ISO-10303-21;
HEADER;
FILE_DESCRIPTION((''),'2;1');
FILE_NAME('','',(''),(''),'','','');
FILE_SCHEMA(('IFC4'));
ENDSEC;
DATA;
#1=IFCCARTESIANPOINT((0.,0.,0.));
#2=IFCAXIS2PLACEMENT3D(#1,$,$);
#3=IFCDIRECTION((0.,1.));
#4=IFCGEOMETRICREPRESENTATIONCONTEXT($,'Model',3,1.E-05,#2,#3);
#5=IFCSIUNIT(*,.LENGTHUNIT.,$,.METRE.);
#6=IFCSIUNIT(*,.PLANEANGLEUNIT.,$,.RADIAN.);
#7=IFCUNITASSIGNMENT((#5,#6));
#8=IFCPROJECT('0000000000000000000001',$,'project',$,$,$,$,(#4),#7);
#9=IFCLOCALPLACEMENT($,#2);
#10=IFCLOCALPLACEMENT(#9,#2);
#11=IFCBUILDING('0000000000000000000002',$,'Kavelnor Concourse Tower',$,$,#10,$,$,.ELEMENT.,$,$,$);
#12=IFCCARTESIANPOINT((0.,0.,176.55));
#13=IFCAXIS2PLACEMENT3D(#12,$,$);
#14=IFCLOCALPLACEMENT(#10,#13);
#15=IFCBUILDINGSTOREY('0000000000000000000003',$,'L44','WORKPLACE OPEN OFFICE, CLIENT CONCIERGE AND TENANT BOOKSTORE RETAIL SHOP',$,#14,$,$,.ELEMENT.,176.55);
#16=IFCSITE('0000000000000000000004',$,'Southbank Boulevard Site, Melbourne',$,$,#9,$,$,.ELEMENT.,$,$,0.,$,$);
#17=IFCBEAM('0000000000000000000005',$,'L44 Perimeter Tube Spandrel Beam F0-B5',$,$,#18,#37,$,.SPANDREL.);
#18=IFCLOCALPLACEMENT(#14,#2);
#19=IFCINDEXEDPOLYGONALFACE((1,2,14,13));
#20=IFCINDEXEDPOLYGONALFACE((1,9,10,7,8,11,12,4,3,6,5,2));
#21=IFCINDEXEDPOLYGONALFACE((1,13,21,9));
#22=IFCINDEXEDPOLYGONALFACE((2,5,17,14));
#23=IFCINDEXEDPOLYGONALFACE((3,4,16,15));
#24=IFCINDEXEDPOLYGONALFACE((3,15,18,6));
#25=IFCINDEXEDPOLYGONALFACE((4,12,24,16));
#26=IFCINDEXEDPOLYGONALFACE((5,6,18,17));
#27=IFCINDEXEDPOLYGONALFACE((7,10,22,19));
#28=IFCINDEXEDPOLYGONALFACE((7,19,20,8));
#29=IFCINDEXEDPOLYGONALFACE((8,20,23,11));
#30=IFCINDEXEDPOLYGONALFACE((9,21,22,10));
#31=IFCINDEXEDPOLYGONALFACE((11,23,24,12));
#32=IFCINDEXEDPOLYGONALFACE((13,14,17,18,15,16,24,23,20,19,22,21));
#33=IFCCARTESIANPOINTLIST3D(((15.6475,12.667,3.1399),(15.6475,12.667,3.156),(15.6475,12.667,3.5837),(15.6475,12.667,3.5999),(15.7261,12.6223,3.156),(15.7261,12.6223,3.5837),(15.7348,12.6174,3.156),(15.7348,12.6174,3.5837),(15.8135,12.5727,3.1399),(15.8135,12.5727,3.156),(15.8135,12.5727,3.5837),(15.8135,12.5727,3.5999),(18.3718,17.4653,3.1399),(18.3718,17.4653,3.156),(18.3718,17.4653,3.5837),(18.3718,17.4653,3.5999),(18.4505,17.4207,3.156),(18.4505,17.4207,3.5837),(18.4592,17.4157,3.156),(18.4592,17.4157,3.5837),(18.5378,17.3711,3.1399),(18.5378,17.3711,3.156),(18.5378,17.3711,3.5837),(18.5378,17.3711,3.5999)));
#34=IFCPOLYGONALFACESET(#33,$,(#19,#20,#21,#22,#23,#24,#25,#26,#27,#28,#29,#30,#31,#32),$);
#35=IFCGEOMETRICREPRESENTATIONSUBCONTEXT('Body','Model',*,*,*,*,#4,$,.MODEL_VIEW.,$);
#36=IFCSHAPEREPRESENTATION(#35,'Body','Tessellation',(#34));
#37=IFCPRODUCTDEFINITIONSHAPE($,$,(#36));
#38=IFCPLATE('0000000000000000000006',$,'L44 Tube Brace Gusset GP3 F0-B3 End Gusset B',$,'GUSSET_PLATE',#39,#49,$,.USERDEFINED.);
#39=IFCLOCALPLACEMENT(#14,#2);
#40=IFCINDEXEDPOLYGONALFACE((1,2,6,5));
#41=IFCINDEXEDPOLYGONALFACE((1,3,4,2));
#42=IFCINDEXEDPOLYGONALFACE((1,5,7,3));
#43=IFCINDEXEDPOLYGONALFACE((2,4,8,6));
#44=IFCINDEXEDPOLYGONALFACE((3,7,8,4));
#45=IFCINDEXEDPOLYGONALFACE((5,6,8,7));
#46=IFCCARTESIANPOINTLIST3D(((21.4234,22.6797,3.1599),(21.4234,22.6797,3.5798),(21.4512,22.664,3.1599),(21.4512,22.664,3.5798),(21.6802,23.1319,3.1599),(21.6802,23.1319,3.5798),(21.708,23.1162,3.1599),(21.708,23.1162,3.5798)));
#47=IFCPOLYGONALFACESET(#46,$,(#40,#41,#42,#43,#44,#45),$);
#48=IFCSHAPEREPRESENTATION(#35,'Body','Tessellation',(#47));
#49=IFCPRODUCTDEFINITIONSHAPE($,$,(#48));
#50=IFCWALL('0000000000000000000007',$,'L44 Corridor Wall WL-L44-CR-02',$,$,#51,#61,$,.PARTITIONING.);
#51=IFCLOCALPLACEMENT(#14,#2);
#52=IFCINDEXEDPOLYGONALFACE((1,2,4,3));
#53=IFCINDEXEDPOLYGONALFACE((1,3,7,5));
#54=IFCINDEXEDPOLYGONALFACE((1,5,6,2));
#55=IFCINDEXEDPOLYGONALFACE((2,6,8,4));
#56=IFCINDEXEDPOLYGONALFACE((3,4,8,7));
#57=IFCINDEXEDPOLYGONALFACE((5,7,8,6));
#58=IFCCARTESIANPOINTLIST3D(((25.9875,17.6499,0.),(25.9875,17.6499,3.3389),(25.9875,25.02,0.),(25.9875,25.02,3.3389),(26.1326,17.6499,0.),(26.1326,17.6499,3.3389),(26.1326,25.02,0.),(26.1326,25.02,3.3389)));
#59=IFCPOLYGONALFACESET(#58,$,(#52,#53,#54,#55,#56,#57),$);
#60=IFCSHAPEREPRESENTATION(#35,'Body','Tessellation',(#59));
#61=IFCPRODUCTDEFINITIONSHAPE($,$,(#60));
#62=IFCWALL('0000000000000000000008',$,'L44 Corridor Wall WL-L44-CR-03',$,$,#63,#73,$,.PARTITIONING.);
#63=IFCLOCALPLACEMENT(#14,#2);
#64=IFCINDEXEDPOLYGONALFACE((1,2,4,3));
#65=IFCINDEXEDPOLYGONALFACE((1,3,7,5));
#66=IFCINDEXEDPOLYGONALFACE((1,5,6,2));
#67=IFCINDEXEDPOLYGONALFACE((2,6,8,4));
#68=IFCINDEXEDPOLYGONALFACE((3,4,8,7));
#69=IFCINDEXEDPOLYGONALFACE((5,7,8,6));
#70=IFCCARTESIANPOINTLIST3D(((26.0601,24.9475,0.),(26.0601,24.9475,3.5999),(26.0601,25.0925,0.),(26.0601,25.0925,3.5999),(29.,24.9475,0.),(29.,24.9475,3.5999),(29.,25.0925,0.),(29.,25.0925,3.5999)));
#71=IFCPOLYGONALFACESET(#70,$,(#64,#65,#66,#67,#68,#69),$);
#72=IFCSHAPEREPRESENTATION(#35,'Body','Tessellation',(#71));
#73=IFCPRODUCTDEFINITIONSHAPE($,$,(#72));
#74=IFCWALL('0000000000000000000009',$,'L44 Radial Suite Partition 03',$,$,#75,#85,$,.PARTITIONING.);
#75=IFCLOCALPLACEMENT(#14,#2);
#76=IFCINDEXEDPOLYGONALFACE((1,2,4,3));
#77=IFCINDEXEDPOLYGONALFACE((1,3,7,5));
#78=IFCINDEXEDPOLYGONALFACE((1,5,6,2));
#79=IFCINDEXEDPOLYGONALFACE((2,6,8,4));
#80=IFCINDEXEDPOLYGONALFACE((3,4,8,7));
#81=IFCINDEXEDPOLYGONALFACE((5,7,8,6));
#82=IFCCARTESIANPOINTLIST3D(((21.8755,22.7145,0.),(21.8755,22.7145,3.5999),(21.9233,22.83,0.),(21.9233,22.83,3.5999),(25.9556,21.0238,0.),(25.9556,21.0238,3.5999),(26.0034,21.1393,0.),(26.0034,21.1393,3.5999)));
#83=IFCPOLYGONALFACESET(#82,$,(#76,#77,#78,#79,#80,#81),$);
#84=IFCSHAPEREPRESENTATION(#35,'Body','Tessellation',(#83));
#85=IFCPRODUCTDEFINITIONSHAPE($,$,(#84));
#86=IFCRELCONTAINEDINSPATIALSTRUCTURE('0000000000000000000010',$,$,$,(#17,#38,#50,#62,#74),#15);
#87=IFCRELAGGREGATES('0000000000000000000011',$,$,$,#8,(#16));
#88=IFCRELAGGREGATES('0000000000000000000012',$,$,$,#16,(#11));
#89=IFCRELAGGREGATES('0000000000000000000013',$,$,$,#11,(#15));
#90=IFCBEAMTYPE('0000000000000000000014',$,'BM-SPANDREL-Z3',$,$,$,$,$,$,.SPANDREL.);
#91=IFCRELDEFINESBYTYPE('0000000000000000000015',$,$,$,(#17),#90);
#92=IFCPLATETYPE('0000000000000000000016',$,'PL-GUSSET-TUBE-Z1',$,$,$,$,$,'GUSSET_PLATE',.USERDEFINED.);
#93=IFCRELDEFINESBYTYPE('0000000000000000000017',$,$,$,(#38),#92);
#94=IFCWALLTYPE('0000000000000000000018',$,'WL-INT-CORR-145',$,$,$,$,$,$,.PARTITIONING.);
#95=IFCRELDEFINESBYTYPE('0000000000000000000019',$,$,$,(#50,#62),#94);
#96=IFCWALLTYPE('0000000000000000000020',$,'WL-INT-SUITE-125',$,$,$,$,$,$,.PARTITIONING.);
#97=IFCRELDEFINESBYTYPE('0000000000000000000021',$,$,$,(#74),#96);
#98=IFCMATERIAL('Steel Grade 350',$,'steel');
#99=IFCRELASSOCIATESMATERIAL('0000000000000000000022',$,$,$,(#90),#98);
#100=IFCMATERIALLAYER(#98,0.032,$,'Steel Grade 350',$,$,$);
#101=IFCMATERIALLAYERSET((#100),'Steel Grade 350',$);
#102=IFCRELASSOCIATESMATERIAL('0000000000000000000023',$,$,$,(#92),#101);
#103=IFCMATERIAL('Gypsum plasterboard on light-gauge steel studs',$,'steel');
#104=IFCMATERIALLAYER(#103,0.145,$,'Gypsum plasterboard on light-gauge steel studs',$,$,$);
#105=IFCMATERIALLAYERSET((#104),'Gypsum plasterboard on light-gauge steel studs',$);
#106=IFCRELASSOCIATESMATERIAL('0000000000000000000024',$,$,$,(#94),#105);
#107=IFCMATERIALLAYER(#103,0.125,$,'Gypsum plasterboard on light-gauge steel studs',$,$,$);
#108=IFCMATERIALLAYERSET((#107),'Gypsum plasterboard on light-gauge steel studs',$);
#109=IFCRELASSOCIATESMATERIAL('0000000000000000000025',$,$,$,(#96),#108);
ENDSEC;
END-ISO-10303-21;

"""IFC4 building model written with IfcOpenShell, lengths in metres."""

from ifc_helpers import new_model, si_unit, direction, frame, frame_2d, origin, origin_2d, place, context, subcontext, project, spatial, rectangle, i_section, extrude, material, layer, layer_set, material_profile, profile_set, type_object, element, save


model = new_model("IFC4")

# Units and contexts
model_context = context("Model", 3, precision=1e-05, world=origin(), true_north=direction((0.0, 1.0)))
body_context = subcontext(model_context, "Body", "Model", "MODEL_VIEW")
ifc_project = project(units=[si_unit("LENGTHUNIT", "METRE"), si_unit("PLANEANGLEUNIT", "RADIAN")], contexts=[model_context])

# Site, building, storey
site_placement = place(None, origin())
site = spatial("IfcSite", under=ifc_project, at=site_placement, Name="Southbank Boulevard Site, Melbourne", CompositionType="ELEMENT", RefElevation=0.0)
building_placement = place(site_placement, origin())
building = spatial("IfcBuilding", under=site, at=building_placement, Name="Kavelnor Concourse Tower", CompositionType="ELEMENT")
storey_placement = place(building_placement, frame((0.0, 0.0, 176.55)))
storey = spatial("IfcBuildingStorey", under=building, at=storey_placement, Name="L44", Description="WORKPLACE OPEN OFFICE, CLIENT CONCIERGE AND TENANT BOOKSTORE RETAIL SHOP", CompositionType="ELEMENT", Elevation=176.55)

# Shared definitions
ifc_material_1 = material(Name="Steel Grade 350", Category="steel")

# Beam
ifc_material_profile_1 = material_profile(ifc_material_1, i_section(OverallWidth=0.1909, OverallDepth=0.46, WebThickness=0.01, FlangeThickness=0.0161, at=origin_2d()), Name="460UB82")
ifc_profile_set_1 = profile_set([ifc_material_profile_1], Name="Steel Grade 350")
beam_type_1 = type_object("IfcBeamType", Name="BM-SPANDREL-Z3", PredefinedType="SPANDREL", material=ifc_profile_set_1)
for number, where, z_axis, x_axis, name in (
    (1, (18.4548, 17.4182, 3.3699), (-0.49374, -0.869609, 0.0), (0.869609, -0.49374, 0.0), "L44 Perimeter Tube Spandrel Beam F0-B5"),
):
    element("IfcBeam", number, at=place(storey_placement, frame(where, z_axis=z_axis, x_axis=x_axis)), inside=storey, type_object=beam_type_1, Name=name, PredefinedType="SPANDREL", context=body_context, shape_type="SweptSolid", body=[
        extrude(i_section(OverallWidth=0.1909, OverallDepth=0.46, WebThickness=0.01, FlangeThickness=0.0161, at=origin_2d()), origin(), (0.0, 0.0, 1.0), 5.5178),
    ])

# Plate
ifc_layer_1 = layer(ifc_material_1, 0.032, Name="Steel Grade 350")
ifc_layer_set_1 = layer_set([ifc_layer_1], Name="Steel Grade 350")
plate_type = type_object("IfcPlateType", Name="PL-GUSSET-TUBE-Z1", ElementType="GUSSET_PLATE", PredefinedType="USERDEFINED", material=ifc_layer_set_1)
plate_placement = place(storey_placement, frame((21.5657, 22.8979, 3.1599), z_axis=(0.0, 0.0, 1.0), x_axis=(-0.49379, -0.869581, 0.0)))
element("IfcPlate", 2, at=plate_placement, inside=storey, type_object=plate_type, Name="L44 Tube Brace Gusset GP3 F0-B3 End Gusset B", ObjectType="GUSSET_PLATE", PredefinedType="USERDEFINED", context=body_context, shape_type="SweptSolid", body=[
    extrude(rectangle(XDim=0.52, YDim=0.032, at=origin_2d()), origin(), (0.0, 0.0, 1.0), 0.4199),
])

# Walls
ifc_material_2 = material(Name="Gypsum plasterboard on light-gauge steel studs", Category="steel")
ifc_layer_2 = layer(ifc_material_2, 0.145, Name="Gypsum plasterboard on light-gauge steel studs")
ifc_layer_set_2 = layer_set([ifc_layer_2], Name="Gypsum plasterboard on light-gauge steel studs")
wall_type_1 = type_object("IfcWallType", Name="WL-INT-CORR-145", PredefinedType="PARTITIONING", material=ifc_layer_set_2)
wall_1_placement = place(storey_placement, frame((26.0601, 17.6499, 0.0), z_axis=(0.0, 0.0, 1.0), x_axis=(0.0, 1.0, 0.0)))
element("IfcWall", 3, at=wall_1_placement, inside=storey, type_object=wall_type_1, Name="L44 Corridor Wall WL-L44-CR-02", PredefinedType="PARTITIONING", context=body_context, shape_type="SweptSolid", body=[
    extrude(rectangle(XDim=7.3701, YDim=0.145, at=frame_2d((3.6851, 0.0))), origin(), (0.0, 0.0, 1.0), 3.3389),
])
wall_2_placement = place(storey_placement, frame((26.0601, 25.02, 0.0), z_axis=(0.0, 0.0, 1.0), x_axis=(1.0, 0.0, 0.0)))
element("IfcWall", 4, at=wall_2_placement, inside=storey, type_object=wall_type_1, Name="L44 Corridor Wall WL-L44-CR-03", PredefinedType="PARTITIONING", context=body_context, shape_type="SweptSolid", body=[
    extrude(rectangle(XDim=2.9399, YDim=0.145, at=frame_2d((1.47, 0.0))), origin(), (0.0, 0.0, 1.0), 3.5999),
])
ifc_layer_3 = layer(ifc_material_2, 0.125, Name="Gypsum plasterboard on light-gauge steel studs")
ifc_layer_set_3 = layer_set([ifc_layer_3], Name="Gypsum plasterboard on light-gauge steel studs")
wall_type_2 = type_object("IfcWallType", Name="WL-INT-SUITE-125", PredefinedType="PARTITIONING", material=ifc_layer_set_3)
wall_3_placement = place(storey_placement, frame((25.9795, 21.0815, 0.0), z_axis=(0.0, 0.0, 1.0), x_axis=(-0.923827, 0.382809, 0.0)))
element("IfcWall", 5, at=wall_3_placement, inside=storey, type_object=wall_type_2, Name="L44 Radial Suite Partition 03", PredefinedType="PARTITIONING", context=body_context, shape_type="SweptSolid", body=[
    extrude(rectangle(XDim=4.4165, YDim=0.125, at=frame_2d((2.2083, 0.0))), origin(), (0.0, 0.0, 1.0), 3.5999),
])

save(model, "model.ifc")
